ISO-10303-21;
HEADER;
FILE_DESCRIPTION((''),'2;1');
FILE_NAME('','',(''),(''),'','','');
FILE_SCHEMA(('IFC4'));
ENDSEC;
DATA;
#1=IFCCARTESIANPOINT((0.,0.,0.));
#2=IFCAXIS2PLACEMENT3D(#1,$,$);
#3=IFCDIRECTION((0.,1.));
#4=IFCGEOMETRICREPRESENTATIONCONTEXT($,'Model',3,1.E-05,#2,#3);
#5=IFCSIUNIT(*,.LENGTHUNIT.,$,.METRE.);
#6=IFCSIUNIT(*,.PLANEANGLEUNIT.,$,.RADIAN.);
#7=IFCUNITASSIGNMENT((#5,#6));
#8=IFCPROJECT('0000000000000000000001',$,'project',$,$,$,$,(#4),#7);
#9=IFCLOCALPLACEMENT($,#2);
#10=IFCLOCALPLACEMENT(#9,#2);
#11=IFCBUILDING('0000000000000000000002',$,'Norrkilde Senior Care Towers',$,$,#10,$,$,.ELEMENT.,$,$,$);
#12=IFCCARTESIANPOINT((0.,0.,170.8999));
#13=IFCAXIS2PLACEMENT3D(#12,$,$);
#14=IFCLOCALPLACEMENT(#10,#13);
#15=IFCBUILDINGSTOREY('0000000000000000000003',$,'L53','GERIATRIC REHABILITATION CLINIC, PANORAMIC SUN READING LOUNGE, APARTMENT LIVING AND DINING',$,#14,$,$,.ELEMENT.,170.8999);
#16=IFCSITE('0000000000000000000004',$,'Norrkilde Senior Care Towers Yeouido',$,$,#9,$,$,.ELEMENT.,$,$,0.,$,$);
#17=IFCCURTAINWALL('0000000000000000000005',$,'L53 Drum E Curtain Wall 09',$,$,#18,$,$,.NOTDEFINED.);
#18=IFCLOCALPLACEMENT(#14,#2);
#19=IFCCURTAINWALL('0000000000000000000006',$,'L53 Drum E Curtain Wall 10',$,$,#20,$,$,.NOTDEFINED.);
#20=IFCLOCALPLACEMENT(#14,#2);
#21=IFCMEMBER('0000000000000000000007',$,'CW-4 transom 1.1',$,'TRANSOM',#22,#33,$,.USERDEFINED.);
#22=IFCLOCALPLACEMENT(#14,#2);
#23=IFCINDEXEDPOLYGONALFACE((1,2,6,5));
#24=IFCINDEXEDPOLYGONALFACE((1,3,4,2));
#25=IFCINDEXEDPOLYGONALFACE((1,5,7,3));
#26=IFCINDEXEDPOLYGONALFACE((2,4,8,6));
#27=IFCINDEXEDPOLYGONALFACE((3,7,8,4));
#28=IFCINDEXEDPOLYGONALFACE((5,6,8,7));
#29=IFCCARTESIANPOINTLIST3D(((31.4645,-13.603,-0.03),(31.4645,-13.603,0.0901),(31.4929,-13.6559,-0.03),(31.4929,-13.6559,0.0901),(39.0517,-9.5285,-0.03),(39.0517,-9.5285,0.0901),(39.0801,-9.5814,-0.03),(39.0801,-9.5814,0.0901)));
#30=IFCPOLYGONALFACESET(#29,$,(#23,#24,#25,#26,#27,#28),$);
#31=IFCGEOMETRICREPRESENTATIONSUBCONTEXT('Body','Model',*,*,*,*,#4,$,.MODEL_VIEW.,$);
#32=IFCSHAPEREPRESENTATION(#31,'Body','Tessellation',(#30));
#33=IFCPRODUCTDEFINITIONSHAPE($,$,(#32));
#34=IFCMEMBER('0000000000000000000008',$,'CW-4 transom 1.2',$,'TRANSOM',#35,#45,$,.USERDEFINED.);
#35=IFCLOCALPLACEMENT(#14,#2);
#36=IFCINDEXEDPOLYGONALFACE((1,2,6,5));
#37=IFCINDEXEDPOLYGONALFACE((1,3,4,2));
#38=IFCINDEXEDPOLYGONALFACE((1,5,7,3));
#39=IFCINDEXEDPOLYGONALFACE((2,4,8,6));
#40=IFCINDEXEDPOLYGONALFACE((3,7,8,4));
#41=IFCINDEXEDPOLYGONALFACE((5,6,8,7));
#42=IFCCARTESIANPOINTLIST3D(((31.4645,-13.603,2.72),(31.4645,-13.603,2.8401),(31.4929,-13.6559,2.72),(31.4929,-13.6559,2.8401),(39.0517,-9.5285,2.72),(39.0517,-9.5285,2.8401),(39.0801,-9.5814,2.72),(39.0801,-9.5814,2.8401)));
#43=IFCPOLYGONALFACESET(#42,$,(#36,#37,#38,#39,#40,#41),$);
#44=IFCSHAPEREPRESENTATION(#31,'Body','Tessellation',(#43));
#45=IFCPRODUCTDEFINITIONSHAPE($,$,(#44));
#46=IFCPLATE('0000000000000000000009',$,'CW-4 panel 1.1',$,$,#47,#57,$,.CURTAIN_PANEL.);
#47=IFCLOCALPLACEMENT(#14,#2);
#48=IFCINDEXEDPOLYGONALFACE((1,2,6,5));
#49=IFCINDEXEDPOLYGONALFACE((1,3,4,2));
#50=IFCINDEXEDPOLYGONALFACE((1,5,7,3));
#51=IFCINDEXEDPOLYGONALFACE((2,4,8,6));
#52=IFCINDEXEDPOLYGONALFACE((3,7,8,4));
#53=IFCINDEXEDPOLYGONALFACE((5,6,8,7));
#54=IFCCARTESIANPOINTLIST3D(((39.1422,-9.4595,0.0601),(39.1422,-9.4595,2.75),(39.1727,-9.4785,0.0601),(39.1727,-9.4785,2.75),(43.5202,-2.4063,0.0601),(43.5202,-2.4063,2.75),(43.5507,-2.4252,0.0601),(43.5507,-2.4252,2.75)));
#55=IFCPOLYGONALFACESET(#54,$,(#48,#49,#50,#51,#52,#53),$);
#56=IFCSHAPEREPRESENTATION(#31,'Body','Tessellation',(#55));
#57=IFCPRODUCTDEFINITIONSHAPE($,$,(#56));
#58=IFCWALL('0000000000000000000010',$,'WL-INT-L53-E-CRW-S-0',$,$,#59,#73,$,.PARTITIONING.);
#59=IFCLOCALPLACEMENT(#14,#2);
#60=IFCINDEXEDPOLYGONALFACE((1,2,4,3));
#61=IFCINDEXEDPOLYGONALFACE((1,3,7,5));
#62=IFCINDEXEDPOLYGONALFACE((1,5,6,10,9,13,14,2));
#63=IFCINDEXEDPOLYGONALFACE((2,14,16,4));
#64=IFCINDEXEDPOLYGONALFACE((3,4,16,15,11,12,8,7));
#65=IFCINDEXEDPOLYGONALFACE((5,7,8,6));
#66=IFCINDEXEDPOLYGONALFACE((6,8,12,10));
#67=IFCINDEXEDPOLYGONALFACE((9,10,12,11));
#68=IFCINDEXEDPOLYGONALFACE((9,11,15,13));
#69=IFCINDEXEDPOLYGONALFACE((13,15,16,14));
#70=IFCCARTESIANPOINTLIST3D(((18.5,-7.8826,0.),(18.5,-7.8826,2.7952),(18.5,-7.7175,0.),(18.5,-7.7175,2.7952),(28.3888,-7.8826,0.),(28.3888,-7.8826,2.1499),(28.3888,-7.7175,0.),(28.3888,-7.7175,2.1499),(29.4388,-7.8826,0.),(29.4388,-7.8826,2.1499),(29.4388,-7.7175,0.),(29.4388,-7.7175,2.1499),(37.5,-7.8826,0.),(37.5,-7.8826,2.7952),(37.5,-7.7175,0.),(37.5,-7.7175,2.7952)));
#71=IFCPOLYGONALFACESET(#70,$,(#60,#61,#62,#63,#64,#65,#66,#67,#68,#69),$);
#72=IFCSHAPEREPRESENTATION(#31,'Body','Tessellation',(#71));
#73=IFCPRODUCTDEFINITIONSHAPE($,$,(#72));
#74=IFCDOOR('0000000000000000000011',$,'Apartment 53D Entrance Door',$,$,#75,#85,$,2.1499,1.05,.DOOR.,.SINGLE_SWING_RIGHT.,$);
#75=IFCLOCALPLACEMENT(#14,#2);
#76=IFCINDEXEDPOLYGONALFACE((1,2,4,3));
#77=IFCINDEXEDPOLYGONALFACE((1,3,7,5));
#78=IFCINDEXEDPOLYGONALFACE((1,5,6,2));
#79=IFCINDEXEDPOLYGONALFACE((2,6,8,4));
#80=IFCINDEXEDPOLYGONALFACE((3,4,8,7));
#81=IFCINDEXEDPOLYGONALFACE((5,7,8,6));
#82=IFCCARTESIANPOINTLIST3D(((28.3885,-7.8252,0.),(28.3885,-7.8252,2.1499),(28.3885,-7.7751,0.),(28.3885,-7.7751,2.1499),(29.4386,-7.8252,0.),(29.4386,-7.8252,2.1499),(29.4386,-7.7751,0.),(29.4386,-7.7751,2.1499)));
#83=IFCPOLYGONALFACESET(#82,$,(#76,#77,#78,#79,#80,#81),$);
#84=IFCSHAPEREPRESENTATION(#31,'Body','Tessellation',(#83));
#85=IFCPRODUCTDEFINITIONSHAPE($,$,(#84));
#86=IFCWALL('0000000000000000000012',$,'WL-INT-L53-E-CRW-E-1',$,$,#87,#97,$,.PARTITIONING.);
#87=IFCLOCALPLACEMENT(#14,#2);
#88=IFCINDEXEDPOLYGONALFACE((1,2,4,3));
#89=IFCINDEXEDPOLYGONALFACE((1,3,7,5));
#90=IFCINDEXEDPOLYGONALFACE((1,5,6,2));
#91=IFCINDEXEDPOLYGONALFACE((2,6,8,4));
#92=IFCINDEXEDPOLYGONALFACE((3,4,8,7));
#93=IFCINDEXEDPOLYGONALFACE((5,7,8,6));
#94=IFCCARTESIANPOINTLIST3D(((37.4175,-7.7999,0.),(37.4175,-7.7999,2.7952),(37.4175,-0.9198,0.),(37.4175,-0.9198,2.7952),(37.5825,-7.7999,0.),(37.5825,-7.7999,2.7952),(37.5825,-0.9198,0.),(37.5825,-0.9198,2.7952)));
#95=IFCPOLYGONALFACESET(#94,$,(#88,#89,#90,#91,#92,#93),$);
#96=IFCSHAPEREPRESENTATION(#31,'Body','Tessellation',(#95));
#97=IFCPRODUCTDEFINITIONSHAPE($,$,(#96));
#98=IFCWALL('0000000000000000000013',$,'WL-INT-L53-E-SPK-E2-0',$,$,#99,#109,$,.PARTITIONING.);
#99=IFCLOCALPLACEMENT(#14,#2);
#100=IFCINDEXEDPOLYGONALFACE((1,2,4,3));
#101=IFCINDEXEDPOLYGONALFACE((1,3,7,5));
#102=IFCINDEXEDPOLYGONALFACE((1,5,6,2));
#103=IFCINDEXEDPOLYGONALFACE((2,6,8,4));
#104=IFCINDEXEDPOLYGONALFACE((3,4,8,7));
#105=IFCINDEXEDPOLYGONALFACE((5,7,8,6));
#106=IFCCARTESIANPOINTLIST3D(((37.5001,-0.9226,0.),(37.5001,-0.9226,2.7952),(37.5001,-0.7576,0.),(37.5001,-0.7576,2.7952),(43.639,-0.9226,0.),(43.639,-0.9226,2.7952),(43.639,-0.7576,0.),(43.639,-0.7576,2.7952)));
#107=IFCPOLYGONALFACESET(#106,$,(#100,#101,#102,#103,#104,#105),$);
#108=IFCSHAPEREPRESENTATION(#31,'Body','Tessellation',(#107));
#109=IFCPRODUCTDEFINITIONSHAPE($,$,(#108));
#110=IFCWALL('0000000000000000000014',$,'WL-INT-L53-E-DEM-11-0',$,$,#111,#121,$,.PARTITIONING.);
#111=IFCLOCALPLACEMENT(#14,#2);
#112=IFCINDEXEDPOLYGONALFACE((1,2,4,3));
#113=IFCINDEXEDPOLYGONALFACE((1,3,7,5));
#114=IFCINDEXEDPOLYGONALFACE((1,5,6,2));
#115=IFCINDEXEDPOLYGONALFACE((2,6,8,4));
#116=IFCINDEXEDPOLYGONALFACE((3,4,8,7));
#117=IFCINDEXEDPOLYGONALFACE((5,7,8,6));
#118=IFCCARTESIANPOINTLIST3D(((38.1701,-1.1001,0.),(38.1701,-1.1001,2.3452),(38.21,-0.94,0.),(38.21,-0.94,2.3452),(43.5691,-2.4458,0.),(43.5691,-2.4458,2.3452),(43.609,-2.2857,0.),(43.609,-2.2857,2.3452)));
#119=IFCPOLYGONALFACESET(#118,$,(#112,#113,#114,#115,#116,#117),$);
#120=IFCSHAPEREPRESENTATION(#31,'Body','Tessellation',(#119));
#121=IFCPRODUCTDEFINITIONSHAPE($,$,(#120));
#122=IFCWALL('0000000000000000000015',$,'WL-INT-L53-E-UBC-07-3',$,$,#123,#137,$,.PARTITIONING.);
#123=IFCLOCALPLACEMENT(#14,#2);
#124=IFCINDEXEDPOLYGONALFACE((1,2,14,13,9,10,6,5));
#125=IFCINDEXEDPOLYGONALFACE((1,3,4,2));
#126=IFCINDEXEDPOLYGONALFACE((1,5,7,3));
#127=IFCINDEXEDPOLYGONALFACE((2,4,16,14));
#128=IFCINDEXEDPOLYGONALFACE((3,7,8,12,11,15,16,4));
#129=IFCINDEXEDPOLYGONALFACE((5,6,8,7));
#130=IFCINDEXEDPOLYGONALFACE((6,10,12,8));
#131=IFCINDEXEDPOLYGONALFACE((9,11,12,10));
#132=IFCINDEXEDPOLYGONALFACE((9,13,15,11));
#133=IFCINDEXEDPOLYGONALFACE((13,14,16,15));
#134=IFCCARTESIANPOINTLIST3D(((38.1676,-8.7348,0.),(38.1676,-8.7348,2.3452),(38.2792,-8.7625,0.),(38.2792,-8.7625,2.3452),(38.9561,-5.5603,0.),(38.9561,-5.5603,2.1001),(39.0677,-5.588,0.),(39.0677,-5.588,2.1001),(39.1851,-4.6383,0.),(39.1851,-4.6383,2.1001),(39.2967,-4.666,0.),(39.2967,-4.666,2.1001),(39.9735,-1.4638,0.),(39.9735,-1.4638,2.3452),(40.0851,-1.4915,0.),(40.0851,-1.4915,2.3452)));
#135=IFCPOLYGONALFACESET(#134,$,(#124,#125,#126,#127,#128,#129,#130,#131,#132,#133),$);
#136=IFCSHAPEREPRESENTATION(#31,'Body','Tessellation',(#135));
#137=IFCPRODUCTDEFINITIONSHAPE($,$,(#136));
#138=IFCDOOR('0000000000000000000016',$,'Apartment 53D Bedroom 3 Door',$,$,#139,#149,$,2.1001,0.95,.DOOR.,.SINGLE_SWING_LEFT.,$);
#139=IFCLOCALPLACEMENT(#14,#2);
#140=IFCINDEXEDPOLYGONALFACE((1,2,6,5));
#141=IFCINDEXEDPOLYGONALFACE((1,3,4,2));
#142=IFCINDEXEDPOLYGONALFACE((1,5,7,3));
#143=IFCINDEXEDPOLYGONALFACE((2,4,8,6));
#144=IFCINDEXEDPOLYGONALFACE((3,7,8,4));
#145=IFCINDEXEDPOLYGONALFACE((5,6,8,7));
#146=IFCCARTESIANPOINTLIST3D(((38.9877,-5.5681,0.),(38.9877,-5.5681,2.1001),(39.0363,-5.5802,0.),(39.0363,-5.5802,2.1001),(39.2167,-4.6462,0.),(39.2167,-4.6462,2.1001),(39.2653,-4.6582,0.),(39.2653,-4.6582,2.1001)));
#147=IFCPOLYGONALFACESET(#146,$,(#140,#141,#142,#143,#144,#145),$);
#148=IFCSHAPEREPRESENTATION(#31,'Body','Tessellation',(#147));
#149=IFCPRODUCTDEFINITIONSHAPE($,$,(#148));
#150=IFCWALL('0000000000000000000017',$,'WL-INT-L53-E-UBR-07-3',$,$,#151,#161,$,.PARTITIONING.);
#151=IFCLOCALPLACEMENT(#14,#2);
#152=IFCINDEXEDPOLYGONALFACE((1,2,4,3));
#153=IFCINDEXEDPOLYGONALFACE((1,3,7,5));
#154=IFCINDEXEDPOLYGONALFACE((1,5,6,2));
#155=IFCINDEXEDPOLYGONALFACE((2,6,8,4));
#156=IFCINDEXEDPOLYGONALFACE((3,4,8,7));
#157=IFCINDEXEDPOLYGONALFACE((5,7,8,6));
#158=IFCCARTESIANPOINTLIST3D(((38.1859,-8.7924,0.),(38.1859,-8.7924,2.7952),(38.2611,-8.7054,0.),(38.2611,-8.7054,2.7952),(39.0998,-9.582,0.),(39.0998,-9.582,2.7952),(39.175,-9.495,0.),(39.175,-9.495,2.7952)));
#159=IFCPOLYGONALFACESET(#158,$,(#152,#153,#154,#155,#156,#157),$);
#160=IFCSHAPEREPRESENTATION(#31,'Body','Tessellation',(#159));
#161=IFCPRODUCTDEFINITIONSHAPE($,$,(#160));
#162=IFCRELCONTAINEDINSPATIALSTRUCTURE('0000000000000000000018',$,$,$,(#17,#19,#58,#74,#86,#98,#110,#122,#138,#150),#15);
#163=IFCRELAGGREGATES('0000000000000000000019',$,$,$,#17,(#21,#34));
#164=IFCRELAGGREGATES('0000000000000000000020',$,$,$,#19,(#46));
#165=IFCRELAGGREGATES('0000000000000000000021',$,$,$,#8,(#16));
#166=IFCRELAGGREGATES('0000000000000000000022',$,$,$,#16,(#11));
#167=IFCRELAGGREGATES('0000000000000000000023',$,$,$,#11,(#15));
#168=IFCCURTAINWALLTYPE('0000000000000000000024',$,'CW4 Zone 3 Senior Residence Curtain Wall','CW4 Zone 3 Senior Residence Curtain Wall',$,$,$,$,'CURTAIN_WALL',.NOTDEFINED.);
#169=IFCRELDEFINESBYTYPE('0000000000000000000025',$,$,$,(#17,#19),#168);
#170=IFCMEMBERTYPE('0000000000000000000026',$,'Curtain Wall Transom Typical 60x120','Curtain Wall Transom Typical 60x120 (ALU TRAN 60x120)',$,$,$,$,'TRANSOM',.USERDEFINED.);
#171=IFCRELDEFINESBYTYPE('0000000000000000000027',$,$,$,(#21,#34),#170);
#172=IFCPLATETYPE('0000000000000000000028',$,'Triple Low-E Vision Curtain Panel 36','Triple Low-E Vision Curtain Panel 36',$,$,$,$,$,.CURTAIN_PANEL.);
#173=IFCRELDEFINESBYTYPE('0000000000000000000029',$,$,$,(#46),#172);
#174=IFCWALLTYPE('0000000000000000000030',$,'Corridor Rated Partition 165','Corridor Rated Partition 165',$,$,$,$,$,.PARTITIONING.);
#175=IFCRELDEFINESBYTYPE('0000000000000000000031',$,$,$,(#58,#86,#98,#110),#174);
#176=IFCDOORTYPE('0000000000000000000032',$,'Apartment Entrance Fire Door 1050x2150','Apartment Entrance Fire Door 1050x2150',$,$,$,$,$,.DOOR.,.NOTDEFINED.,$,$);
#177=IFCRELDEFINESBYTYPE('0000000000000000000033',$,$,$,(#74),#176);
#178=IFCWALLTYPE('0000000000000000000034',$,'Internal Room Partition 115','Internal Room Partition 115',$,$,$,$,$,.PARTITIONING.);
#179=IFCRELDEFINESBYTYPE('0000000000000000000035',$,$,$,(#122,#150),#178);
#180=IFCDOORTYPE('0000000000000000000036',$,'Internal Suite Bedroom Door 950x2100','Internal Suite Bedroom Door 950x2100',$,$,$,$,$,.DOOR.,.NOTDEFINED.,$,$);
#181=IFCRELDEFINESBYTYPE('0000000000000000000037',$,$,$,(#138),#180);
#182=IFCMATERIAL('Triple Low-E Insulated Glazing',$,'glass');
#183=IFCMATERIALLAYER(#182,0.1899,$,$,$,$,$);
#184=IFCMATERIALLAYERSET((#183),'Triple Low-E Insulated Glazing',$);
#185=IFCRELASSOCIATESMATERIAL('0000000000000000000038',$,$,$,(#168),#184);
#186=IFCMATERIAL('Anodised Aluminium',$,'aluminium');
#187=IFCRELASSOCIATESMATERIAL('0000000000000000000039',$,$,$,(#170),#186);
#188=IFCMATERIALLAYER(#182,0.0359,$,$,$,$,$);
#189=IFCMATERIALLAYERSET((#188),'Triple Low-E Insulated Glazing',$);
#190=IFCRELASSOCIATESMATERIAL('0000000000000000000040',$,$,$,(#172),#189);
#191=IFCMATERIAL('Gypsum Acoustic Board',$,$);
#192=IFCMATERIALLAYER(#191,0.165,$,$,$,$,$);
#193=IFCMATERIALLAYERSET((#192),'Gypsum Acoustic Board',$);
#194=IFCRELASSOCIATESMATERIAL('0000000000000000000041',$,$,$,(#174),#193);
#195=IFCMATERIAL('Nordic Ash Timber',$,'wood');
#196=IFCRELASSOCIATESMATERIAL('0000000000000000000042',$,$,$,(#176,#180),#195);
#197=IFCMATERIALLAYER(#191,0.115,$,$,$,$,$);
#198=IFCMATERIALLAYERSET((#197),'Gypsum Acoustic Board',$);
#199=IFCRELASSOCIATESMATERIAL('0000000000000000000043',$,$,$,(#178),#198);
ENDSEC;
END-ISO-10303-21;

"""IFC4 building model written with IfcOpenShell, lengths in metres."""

from ifc_helpers import new_model, si_unit, direction, frame, frame_2d, origin, origin_2d, place, context, subcontext, project, spatial, rectangle, extrude, source, transform, mapped, material, layer, layer_set, material_profile, profile_set, type_object, type_shapes, element, fill, aggregate, save


model = new_model("IFC4")

# Units and contexts
model_context = context("Model", 3, precision=1e-05, world=origin(), true_north=direction((0.0, 1.0)))
body_context = subcontext(model_context, "Body", "Model", "MODEL_VIEW")
ifc_project = project(units=[si_unit("LENGTHUNIT", "METRE"), si_unit("PLANEANGLEUNIT", "RADIAN")], contexts=[model_context])

# Site, building, storey
site_placement = place(None, origin())
site = spatial("IfcSite", under=ifc_project, at=site_placement, Name="Norrkilde Senior Care Towers Yeouido", CompositionType="ELEMENT", RefElevation=0.0)
building_placement = place(site_placement, origin())
building = spatial("IfcBuilding", under=site, at=building_placement, Name="Norrkilde Senior Care Towers", CompositionType="ELEMENT")
storey_placement = place(building_placement, frame((0.0, 0.0, 170.8999)))
storey = spatial("IfcBuildingStorey", under=building, at=storey_placement, Name="L53", Description="GERIATRIC REHABILITATION CLINIC, PANORAMIC SUN READING LOUNGE, APARTMENT LIVING AND DINING", CompositionType="ELEMENT", Elevation=170.8999)

# Curtain wall
ifc_material_1 = material(Name="Triple Low-E Insulated Glazing", Category="glass")
ifc_layer_1 = layer(ifc_material_1, 0.1899)
ifc_layer_set_1 = layer_set([ifc_layer_1], Name="Triple Low-E Insulated Glazing")
curtain_wall_type = type_object("IfcCurtainWallType", Name="CW4 Zone 3 Senior Residence Curtain Wall", Description="CW4 Zone 3 Senior Residence Curtain Wall", ElementType="CURTAIN_WALL", PredefinedType="NOTDEFINED", material=ifc_layer_set_1)
curtain_wall_1_placement = place(storey_placement, origin())
curtain_wall_1 = element("IfcCurtainWall", 1, at=curtain_wall_1_placement, inside=storey, type_object=curtain_wall_type, Name="L53 Drum E Curtain Wall 09", PredefinedType="NOTDEFINED")
ifc_material_2 = material(Name="Anodised Aluminium", Category="aluminium")

# Curtain wall
curtain_wall_2_placement = place(storey_placement, origin())
curtain_wall_2 = element("IfcCurtainWall", 2, at=curtain_wall_2_placement, inside=storey, type_object=curtain_wall_type, Name="L53 Drum E Curtain Wall 10", PredefinedType="NOTDEFINED")

# Members
ifc_material_profile_1 = material_profile(ifc_material_2, rectangle(XDim=0.0601, YDim=0.1201, at=origin_2d()), Name="ALU TRAN 60x120")
ifc_profile_set_1 = profile_set([ifc_material_profile_1], Name="Anodised Aluminium")
member_type_1 = type_object("IfcMemberType", Name="Curtain Wall Transom Typical 60x120", Description="Curtain Wall Transom Typical 60x120 (ALU TRAN 60x120)", ElementType="TRANSOM", PredefinedType="USERDEFINED", material=ifc_profile_set_1)
shared_shape_1 = source(origin(), body_context, "Body", "SweptSolid", [
    extrude(rectangle(XDim=0.0601, YDim=0.1201, at=origin_2d()), origin(), (0.0, 0.0, 1.0), 8.6121),
])
member_1_placement = place(storey_placement, frame((39.0659, -9.5549, 0.03), z_axis=(-0.881, -0.473116, 0.0), x_axis=(0.473116, -0.881, 0.0)))
member_1 = element("IfcMember", 3, at=member_1_placement, type_object=member_type_1, Name="CW-4 transom 1.1", ObjectType="TRANSOM", PredefinedType="USERDEFINED", context=body_context, shape_type="MappedRepresentation", body=[
    mapped(shared_shape_1, transform((0.0, 0.0, 0.0), x_axis=(1.0, 0.0, 0.0), y_axis=(0.0, 1.0, 0.0), z_axis=(0.0, 0.0, 1.0), scale=1.0)),
])
member_2_placement = place(storey_placement, frame((39.0659, -9.5549, 2.78), z_axis=(-0.881, -0.473116, 0.0), x_axis=(0.473116, -0.881, 0.0)))
member_2 = element("IfcMember", 4, at=member_2_placement, type_object=member_type_1, Name="CW-4 transom 1.2", ObjectType="TRANSOM", PredefinedType="USERDEFINED", context=body_context, shape_type="MappedRepresentation", body=[
    mapped(shared_shape_1, transform((0.0, 0.0, 0.0), x_axis=(1.0, 0.0, 0.0), y_axis=(0.0, 1.0, 0.0), z_axis=(0.0, 0.0, 1.0), scale=1.0)),
])
aggregate(curtain_wall_1, [member_1, member_2])

# Plate
ifc_layer_2 = layer(ifc_material_1, 0.0359)
ifc_layer_set_2 = layer_set([ifc_layer_2], Name="Triple Low-E Insulated Glazing")
plate_type = type_object("IfcPlateType", Name="Triple Low-E Vision Curtain Panel 36", Description="Triple Low-E Vision Curtain Panel 36", PredefinedType="CURTAIN_PANEL", material=ifc_layer_set_2)
shared_shape_2 = source(origin(), body_context, "Body", "SweptSolid", [
    extrude(rectangle(XDim=8.3015, YDim=0.0359, at=origin_2d()), origin(), (0.0, 0.0, 1.0), 2.6899),
])
type_shapes(plate_type, [shared_shape_2])
plate_placement = place(storey_placement, frame((41.3464, -5.9424, 0.0601), z_axis=(0.0, 0.0, 1.0), x_axis=(-0.527373, -0.849634, 0.0)))
plate = element("IfcPlate", 5, at=plate_placement, type_object=plate_type, Name="CW-4 panel 1.1", PredefinedType="CURTAIN_PANEL", context=body_context, shape_type="MappedRepresentation", body=[
    mapped(shared_shape_2, transform((0.0, 0.0, 0.0), x_axis=(1.0, 0.0, 0.0), y_axis=(0.0, 1.0, 0.0), z_axis=(0.0, 0.0, 1.0), scale=1.0)),
])
aggregate(curtain_wall_2, [plate])

# Wall, opening, door
ifc_material_3 = material(Name="Gypsum Acoustic Board")
ifc_layer_3 = layer(ifc_material_3, 0.165)
ifc_layer_set_3 = layer_set([ifc_layer_3], Name="Gypsum Acoustic Board")
wall_type_1 = type_object("IfcWallType", Name="Corridor Rated Partition 165", Description="Corridor Rated Partition 165", PredefinedType="PARTITIONING", material=ifc_layer_set_3)
shared_shape_3 = source(origin(), body_context, "Body", "SweptSolid", [
    extrude(rectangle(XDim=19.0, YDim=0.165, at=frame_2d((9.5, 0.0))), origin(), (0.0, 0.0, 1.0), 2.7952),
])
wall_1_placement = place(storey_placement, frame((37.5, -7.8, 0.0), z_axis=(0.0, 0.0, 1.0), x_axis=(-1.0, 0.0, 0.0)))
wall_1 = element("IfcWall", 6, at=wall_1_placement, inside=storey, type_object=wall_type_1, Name="WL-INT-L53-E-CRW-S-0", PredefinedType="PARTITIONING", context=body_context, shape_type="MappedRepresentation", body=[
    mapped(shared_shape_3, transform((0.0, 0.0, 0.0), x_axis=(1.0, 0.0, 0.0), y_axis=(0.0, 1.0, 0.0), z_axis=(0.0, 0.0, 1.0), scale=1.0)),
])
opening_1_placement = place(wall_1_placement, frame((8.0613, 0.0, 0.0)))
opening_1 = element("IfcOpeningElement", 7, at=opening_1_placement, cuts=wall_1, PredefinedType="OPENING", context=body_context, shape_type="SweptSolid", body=[
    extrude(rectangle(XDim=1.05, YDim=2.1499, at=frame_2d((0.5249, 1.075))), frame((0.0, 0.0925, 0.0), z_axis=(0.0, -1.0, 0.0), x_axis=(1.0, 0.0, 0.0)), (0.0, 0.0, 1.0), 0.1851),
])
ifc_material_4 = material(Name="Nordic Ash Timber", Category="wood")
door_type_1 = type_object("IfcDoorType", Name="Apartment Entrance Fire Door 1050x2150", Description="Apartment Entrance Fire Door 1050x2150", OperationType="NOTDEFINED", PredefinedType="DOOR", material=ifc_material_4)
shared_shape_4 = source(origin(), body_context, "Body", "SweptSolid", [
    extrude(rectangle(XDim=1.05, YDim=2.1499, at=frame_2d((0.5249, 1.075))), frame((0.0, 0.0249, 0.0), z_axis=(0.0, -1.0, 0.0), x_axis=(1.0, 0.0, 0.0)), (0.0, 0.0, 1.0), 0.05),
])
type_shapes(door_type_1, [shared_shape_4])
door_1_placement = place(opening_1_placement, frame((1.05, 0.0, 0.0), z_axis=(0.0, 0.0, 1.0), x_axis=(-1.0, 0.0, 0.0)))
door_1 = element("IfcDoor", 8, at=door_1_placement, inside=storey, type_object=door_type_1, Name="Apartment 53D Entrance Door", OperationType="SINGLE_SWING_RIGHT", OverallHeight=2.1499, OverallWidth=1.05, PredefinedType="DOOR", context=body_context, shape_type="MappedRepresentation", body=[
    mapped(shared_shape_4, transform((0.0, 0.0, 0.0), x_axis=(1.0, 0.0, 0.0), y_axis=(0.0, 1.0, 0.0), z_axis=(0.0, 0.0, 1.0), scale=1.0)),
])
fill(opening_1, door_1)

# Walls
shared_shape_5 = source(origin(), body_context, "Body", "SweptSolid", [
    extrude(rectangle(XDim=6.8801, YDim=0.165, at=frame_2d((3.4399, 0.0))), origin(), (0.0, 0.0, 1.0), 2.7952),
])
wall_2_placement = place(storey_placement, frame((37.5, -0.9199, 0.0), z_axis=(0.0, 0.0, 1.0), x_axis=(0.0, -1.0, 0.0)))
element("IfcWall", 9, at=wall_2_placement, inside=storey, type_object=wall_type_1, Name="WL-INT-L53-E-CRW-E-1", PredefinedType="PARTITIONING", context=body_context, shape_type="MappedRepresentation", body=[
    mapped(shared_shape_5, transform((0.0, 0.0, 0.0), x_axis=(1.0, 0.0, 0.0), y_axis=(0.0, 1.0, 0.0), z_axis=(0.0, 0.0, 1.0), scale=1.0)),
])
shared_shape_6 = source(origin(), body_context, "Body", "SweptSolid", [
    extrude(rectangle(XDim=6.1389, YDim=0.165, at=frame_2d((3.0693, 0.0))), origin(), (0.0, 0.0, 1.0), 2.7952),
])
wall_3_placement = place(storey_placement, frame((43.6389, -0.8401, 0.0), z_axis=(0.0, 0.0, 1.0), x_axis=(-1.0, 0.0, 0.0)))
element("IfcWall", 10, at=wall_3_placement, inside=storey, type_object=wall_type_1, Name="WL-INT-L53-E-SPK-E2-0", PredefinedType="PARTITIONING", context=body_context, shape_type="MappedRepresentation", body=[
    mapped(shared_shape_6, transform((0.0, 0.0, 0.0), x_axis=(1.0, 0.0, 0.0), y_axis=(0.0, 1.0, 0.0), z_axis=(0.0, 0.0, 1.0), scale=1.0)),
])
shared_shape_7 = source(origin(), body_context, "Body", "SweptSolid", [
    extrude(rectangle(XDim=5.5642, YDim=0.165, at=frame_2d((2.7822, 0.0))), origin(), (0.0, 0.0, 1.0), 2.3452),
])
type_shapes(wall_type_1, [shared_shape_3, shared_shape_5, shared_shape_6, shared_shape_7])
wall_4_placement = place(storey_placement, frame((38.1899, -1.02, 0.0), z_axis=(0.0, 0.0, 1.0), x_axis=(0.970313, -0.241854, 0.0)))
element("IfcWall", 11, at=wall_4_placement, inside=storey, type_object=wall_type_1, Name="WL-INT-L53-E-DEM-11-0", PredefinedType="PARTITIONING", context=body_context, shape_type="MappedRepresentation", body=[
    mapped(shared_shape_7, transform((0.0, 0.0, 0.0), x_axis=(1.0, 0.0, 0.0), y_axis=(0.0, 1.0, 0.0), z_axis=(0.0, 0.0, 1.0), scale=1.0)),
])

# Wall, opening, door
ifc_layer_4 = layer(ifc_material_3, 0.115)
ifc_layer_set_4 = layer_set([ifc_layer_4], Name="Gypsum Acoustic Board")
wall_type_2 = type_object("IfcWallType", Name="Internal Room Partition 115", Description="Internal Room Partition 115", PredefinedType="PARTITIONING", material=ifc_layer_set_4)
shared_shape_8 = source(origin(), body_context, "Body", "SweptSolid", [
    extrude(rectangle(XDim=7.4919, YDim=0.115, at=frame_2d((3.7461, 0.0))), origin(), (0.0, 0.0, 1.0), 2.3452),
])
wall_5_placement = place(storey_placement, frame((38.2234, -8.7488, 0.0), z_axis=(0.0, 0.0, 1.0), x_axis=(0.241048, 0.970513, 0.0)))
wall_5 = element("IfcWall", 12, at=wall_5_placement, inside=storey, type_object=wall_type_2, Name="WL-INT-L53-E-UBC-07-3", PredefinedType="PARTITIONING", context=body_context, shape_type="MappedRepresentation", body=[
    mapped(shared_shape_8, transform((0.0, 0.0, 0.0), x_axis=(1.0, 0.0, 0.0), y_axis=(0.0, 1.0, 0.0), z_axis=(0.0, 0.0, 1.0), scale=1.0)),
])
opening_2_placement = place(wall_5_placement, frame((3.271, 0.0, 0.0)))
opening_2 = element("IfcOpeningElement", 13, at=opening_2_placement, cuts=wall_5, PredefinedType="OPENING", context=body_context, shape_type="SweptSolid", body=[
    extrude(rectangle(XDim=0.95, YDim=2.1001, at=frame_2d((0.4751, 1.05))), frame((0.0, 0.0674, 0.0), z_axis=(0.0, -1.0, 0.0), x_axis=(1.0, 0.0, 0.0)), (0.0, 0.0, 1.0), 0.135),
])
door_type_2 = type_object("IfcDoorType", Name="Internal Suite Bedroom Door 950x2100", Description="Internal Suite Bedroom Door 950x2100", OperationType="NOTDEFINED", PredefinedType="DOOR", material=ifc_material_4)
shared_shape_9 = source(origin(), body_context, "Body", "SweptSolid", [
    extrude(rectangle(XDim=0.95, YDim=2.1001, at=frame_2d((0.4751, 1.05))), frame((0.0, 0.0249, 0.0), z_axis=(0.0, -1.0, 0.0), x_axis=(1.0, 0.0, 0.0)), (0.0, 0.0, 1.0), 0.05),
])
type_shapes(door_type_2, [shared_shape_9])
door_2_placement = place(opening_2_placement, origin())
door_2 = element("IfcDoor", 14, at=door_2_placement, inside=storey, type_object=door_type_2, Name="Apartment 53D Bedroom 3 Door", OperationType="SINGLE_SWING_LEFT", OverallHeight=2.1001, OverallWidth=0.95, PredefinedType="DOOR", context=body_context, shape_type="MappedRepresentation", body=[
    mapped(shared_shape_9, transform((0.0, 0.0, 0.0), x_axis=(1.0, 0.0, 0.0), y_axis=(0.0, 1.0, 0.0), z_axis=(0.0, 0.0, 1.0), scale=1.0)),
])
fill(opening_2, door_2)

# Wall
shared_shape_10 = source(origin(), body_context, "Body", "SweptSolid", [
    extrude(rectangle(XDim=1.2078, YDim=0.115, at=frame_2d((0.604, 0.0))), origin(), (0.0, 0.0, 1.0), 2.7952),
])
type_shapes(wall_type_2, [shared_shape_8, shared_shape_10])
wall_6_placement = place(storey_placement, frame((38.2234, -8.7488, 0.0), z_axis=(0.0, 0.0, 1.0), x_axis=(0.756682, -0.653783, 0.0)))
element("IfcWall", 15, at=wall_6_placement, inside=storey, type_object=wall_type_2, Name="WL-INT-L53-E-UBR-07-3", PredefinedType="PARTITIONING", context=body_context, shape_type="MappedRepresentation", body=[
    mapped(shared_shape_10, transform((0.0, 0.0, 0.0), x_axis=(1.0, 0.0, 0.0), y_axis=(0.0, 1.0, 0.0), z_axis=(0.0, 0.0, 1.0), scale=1.0)),
])

save(model, "model.ifc")
